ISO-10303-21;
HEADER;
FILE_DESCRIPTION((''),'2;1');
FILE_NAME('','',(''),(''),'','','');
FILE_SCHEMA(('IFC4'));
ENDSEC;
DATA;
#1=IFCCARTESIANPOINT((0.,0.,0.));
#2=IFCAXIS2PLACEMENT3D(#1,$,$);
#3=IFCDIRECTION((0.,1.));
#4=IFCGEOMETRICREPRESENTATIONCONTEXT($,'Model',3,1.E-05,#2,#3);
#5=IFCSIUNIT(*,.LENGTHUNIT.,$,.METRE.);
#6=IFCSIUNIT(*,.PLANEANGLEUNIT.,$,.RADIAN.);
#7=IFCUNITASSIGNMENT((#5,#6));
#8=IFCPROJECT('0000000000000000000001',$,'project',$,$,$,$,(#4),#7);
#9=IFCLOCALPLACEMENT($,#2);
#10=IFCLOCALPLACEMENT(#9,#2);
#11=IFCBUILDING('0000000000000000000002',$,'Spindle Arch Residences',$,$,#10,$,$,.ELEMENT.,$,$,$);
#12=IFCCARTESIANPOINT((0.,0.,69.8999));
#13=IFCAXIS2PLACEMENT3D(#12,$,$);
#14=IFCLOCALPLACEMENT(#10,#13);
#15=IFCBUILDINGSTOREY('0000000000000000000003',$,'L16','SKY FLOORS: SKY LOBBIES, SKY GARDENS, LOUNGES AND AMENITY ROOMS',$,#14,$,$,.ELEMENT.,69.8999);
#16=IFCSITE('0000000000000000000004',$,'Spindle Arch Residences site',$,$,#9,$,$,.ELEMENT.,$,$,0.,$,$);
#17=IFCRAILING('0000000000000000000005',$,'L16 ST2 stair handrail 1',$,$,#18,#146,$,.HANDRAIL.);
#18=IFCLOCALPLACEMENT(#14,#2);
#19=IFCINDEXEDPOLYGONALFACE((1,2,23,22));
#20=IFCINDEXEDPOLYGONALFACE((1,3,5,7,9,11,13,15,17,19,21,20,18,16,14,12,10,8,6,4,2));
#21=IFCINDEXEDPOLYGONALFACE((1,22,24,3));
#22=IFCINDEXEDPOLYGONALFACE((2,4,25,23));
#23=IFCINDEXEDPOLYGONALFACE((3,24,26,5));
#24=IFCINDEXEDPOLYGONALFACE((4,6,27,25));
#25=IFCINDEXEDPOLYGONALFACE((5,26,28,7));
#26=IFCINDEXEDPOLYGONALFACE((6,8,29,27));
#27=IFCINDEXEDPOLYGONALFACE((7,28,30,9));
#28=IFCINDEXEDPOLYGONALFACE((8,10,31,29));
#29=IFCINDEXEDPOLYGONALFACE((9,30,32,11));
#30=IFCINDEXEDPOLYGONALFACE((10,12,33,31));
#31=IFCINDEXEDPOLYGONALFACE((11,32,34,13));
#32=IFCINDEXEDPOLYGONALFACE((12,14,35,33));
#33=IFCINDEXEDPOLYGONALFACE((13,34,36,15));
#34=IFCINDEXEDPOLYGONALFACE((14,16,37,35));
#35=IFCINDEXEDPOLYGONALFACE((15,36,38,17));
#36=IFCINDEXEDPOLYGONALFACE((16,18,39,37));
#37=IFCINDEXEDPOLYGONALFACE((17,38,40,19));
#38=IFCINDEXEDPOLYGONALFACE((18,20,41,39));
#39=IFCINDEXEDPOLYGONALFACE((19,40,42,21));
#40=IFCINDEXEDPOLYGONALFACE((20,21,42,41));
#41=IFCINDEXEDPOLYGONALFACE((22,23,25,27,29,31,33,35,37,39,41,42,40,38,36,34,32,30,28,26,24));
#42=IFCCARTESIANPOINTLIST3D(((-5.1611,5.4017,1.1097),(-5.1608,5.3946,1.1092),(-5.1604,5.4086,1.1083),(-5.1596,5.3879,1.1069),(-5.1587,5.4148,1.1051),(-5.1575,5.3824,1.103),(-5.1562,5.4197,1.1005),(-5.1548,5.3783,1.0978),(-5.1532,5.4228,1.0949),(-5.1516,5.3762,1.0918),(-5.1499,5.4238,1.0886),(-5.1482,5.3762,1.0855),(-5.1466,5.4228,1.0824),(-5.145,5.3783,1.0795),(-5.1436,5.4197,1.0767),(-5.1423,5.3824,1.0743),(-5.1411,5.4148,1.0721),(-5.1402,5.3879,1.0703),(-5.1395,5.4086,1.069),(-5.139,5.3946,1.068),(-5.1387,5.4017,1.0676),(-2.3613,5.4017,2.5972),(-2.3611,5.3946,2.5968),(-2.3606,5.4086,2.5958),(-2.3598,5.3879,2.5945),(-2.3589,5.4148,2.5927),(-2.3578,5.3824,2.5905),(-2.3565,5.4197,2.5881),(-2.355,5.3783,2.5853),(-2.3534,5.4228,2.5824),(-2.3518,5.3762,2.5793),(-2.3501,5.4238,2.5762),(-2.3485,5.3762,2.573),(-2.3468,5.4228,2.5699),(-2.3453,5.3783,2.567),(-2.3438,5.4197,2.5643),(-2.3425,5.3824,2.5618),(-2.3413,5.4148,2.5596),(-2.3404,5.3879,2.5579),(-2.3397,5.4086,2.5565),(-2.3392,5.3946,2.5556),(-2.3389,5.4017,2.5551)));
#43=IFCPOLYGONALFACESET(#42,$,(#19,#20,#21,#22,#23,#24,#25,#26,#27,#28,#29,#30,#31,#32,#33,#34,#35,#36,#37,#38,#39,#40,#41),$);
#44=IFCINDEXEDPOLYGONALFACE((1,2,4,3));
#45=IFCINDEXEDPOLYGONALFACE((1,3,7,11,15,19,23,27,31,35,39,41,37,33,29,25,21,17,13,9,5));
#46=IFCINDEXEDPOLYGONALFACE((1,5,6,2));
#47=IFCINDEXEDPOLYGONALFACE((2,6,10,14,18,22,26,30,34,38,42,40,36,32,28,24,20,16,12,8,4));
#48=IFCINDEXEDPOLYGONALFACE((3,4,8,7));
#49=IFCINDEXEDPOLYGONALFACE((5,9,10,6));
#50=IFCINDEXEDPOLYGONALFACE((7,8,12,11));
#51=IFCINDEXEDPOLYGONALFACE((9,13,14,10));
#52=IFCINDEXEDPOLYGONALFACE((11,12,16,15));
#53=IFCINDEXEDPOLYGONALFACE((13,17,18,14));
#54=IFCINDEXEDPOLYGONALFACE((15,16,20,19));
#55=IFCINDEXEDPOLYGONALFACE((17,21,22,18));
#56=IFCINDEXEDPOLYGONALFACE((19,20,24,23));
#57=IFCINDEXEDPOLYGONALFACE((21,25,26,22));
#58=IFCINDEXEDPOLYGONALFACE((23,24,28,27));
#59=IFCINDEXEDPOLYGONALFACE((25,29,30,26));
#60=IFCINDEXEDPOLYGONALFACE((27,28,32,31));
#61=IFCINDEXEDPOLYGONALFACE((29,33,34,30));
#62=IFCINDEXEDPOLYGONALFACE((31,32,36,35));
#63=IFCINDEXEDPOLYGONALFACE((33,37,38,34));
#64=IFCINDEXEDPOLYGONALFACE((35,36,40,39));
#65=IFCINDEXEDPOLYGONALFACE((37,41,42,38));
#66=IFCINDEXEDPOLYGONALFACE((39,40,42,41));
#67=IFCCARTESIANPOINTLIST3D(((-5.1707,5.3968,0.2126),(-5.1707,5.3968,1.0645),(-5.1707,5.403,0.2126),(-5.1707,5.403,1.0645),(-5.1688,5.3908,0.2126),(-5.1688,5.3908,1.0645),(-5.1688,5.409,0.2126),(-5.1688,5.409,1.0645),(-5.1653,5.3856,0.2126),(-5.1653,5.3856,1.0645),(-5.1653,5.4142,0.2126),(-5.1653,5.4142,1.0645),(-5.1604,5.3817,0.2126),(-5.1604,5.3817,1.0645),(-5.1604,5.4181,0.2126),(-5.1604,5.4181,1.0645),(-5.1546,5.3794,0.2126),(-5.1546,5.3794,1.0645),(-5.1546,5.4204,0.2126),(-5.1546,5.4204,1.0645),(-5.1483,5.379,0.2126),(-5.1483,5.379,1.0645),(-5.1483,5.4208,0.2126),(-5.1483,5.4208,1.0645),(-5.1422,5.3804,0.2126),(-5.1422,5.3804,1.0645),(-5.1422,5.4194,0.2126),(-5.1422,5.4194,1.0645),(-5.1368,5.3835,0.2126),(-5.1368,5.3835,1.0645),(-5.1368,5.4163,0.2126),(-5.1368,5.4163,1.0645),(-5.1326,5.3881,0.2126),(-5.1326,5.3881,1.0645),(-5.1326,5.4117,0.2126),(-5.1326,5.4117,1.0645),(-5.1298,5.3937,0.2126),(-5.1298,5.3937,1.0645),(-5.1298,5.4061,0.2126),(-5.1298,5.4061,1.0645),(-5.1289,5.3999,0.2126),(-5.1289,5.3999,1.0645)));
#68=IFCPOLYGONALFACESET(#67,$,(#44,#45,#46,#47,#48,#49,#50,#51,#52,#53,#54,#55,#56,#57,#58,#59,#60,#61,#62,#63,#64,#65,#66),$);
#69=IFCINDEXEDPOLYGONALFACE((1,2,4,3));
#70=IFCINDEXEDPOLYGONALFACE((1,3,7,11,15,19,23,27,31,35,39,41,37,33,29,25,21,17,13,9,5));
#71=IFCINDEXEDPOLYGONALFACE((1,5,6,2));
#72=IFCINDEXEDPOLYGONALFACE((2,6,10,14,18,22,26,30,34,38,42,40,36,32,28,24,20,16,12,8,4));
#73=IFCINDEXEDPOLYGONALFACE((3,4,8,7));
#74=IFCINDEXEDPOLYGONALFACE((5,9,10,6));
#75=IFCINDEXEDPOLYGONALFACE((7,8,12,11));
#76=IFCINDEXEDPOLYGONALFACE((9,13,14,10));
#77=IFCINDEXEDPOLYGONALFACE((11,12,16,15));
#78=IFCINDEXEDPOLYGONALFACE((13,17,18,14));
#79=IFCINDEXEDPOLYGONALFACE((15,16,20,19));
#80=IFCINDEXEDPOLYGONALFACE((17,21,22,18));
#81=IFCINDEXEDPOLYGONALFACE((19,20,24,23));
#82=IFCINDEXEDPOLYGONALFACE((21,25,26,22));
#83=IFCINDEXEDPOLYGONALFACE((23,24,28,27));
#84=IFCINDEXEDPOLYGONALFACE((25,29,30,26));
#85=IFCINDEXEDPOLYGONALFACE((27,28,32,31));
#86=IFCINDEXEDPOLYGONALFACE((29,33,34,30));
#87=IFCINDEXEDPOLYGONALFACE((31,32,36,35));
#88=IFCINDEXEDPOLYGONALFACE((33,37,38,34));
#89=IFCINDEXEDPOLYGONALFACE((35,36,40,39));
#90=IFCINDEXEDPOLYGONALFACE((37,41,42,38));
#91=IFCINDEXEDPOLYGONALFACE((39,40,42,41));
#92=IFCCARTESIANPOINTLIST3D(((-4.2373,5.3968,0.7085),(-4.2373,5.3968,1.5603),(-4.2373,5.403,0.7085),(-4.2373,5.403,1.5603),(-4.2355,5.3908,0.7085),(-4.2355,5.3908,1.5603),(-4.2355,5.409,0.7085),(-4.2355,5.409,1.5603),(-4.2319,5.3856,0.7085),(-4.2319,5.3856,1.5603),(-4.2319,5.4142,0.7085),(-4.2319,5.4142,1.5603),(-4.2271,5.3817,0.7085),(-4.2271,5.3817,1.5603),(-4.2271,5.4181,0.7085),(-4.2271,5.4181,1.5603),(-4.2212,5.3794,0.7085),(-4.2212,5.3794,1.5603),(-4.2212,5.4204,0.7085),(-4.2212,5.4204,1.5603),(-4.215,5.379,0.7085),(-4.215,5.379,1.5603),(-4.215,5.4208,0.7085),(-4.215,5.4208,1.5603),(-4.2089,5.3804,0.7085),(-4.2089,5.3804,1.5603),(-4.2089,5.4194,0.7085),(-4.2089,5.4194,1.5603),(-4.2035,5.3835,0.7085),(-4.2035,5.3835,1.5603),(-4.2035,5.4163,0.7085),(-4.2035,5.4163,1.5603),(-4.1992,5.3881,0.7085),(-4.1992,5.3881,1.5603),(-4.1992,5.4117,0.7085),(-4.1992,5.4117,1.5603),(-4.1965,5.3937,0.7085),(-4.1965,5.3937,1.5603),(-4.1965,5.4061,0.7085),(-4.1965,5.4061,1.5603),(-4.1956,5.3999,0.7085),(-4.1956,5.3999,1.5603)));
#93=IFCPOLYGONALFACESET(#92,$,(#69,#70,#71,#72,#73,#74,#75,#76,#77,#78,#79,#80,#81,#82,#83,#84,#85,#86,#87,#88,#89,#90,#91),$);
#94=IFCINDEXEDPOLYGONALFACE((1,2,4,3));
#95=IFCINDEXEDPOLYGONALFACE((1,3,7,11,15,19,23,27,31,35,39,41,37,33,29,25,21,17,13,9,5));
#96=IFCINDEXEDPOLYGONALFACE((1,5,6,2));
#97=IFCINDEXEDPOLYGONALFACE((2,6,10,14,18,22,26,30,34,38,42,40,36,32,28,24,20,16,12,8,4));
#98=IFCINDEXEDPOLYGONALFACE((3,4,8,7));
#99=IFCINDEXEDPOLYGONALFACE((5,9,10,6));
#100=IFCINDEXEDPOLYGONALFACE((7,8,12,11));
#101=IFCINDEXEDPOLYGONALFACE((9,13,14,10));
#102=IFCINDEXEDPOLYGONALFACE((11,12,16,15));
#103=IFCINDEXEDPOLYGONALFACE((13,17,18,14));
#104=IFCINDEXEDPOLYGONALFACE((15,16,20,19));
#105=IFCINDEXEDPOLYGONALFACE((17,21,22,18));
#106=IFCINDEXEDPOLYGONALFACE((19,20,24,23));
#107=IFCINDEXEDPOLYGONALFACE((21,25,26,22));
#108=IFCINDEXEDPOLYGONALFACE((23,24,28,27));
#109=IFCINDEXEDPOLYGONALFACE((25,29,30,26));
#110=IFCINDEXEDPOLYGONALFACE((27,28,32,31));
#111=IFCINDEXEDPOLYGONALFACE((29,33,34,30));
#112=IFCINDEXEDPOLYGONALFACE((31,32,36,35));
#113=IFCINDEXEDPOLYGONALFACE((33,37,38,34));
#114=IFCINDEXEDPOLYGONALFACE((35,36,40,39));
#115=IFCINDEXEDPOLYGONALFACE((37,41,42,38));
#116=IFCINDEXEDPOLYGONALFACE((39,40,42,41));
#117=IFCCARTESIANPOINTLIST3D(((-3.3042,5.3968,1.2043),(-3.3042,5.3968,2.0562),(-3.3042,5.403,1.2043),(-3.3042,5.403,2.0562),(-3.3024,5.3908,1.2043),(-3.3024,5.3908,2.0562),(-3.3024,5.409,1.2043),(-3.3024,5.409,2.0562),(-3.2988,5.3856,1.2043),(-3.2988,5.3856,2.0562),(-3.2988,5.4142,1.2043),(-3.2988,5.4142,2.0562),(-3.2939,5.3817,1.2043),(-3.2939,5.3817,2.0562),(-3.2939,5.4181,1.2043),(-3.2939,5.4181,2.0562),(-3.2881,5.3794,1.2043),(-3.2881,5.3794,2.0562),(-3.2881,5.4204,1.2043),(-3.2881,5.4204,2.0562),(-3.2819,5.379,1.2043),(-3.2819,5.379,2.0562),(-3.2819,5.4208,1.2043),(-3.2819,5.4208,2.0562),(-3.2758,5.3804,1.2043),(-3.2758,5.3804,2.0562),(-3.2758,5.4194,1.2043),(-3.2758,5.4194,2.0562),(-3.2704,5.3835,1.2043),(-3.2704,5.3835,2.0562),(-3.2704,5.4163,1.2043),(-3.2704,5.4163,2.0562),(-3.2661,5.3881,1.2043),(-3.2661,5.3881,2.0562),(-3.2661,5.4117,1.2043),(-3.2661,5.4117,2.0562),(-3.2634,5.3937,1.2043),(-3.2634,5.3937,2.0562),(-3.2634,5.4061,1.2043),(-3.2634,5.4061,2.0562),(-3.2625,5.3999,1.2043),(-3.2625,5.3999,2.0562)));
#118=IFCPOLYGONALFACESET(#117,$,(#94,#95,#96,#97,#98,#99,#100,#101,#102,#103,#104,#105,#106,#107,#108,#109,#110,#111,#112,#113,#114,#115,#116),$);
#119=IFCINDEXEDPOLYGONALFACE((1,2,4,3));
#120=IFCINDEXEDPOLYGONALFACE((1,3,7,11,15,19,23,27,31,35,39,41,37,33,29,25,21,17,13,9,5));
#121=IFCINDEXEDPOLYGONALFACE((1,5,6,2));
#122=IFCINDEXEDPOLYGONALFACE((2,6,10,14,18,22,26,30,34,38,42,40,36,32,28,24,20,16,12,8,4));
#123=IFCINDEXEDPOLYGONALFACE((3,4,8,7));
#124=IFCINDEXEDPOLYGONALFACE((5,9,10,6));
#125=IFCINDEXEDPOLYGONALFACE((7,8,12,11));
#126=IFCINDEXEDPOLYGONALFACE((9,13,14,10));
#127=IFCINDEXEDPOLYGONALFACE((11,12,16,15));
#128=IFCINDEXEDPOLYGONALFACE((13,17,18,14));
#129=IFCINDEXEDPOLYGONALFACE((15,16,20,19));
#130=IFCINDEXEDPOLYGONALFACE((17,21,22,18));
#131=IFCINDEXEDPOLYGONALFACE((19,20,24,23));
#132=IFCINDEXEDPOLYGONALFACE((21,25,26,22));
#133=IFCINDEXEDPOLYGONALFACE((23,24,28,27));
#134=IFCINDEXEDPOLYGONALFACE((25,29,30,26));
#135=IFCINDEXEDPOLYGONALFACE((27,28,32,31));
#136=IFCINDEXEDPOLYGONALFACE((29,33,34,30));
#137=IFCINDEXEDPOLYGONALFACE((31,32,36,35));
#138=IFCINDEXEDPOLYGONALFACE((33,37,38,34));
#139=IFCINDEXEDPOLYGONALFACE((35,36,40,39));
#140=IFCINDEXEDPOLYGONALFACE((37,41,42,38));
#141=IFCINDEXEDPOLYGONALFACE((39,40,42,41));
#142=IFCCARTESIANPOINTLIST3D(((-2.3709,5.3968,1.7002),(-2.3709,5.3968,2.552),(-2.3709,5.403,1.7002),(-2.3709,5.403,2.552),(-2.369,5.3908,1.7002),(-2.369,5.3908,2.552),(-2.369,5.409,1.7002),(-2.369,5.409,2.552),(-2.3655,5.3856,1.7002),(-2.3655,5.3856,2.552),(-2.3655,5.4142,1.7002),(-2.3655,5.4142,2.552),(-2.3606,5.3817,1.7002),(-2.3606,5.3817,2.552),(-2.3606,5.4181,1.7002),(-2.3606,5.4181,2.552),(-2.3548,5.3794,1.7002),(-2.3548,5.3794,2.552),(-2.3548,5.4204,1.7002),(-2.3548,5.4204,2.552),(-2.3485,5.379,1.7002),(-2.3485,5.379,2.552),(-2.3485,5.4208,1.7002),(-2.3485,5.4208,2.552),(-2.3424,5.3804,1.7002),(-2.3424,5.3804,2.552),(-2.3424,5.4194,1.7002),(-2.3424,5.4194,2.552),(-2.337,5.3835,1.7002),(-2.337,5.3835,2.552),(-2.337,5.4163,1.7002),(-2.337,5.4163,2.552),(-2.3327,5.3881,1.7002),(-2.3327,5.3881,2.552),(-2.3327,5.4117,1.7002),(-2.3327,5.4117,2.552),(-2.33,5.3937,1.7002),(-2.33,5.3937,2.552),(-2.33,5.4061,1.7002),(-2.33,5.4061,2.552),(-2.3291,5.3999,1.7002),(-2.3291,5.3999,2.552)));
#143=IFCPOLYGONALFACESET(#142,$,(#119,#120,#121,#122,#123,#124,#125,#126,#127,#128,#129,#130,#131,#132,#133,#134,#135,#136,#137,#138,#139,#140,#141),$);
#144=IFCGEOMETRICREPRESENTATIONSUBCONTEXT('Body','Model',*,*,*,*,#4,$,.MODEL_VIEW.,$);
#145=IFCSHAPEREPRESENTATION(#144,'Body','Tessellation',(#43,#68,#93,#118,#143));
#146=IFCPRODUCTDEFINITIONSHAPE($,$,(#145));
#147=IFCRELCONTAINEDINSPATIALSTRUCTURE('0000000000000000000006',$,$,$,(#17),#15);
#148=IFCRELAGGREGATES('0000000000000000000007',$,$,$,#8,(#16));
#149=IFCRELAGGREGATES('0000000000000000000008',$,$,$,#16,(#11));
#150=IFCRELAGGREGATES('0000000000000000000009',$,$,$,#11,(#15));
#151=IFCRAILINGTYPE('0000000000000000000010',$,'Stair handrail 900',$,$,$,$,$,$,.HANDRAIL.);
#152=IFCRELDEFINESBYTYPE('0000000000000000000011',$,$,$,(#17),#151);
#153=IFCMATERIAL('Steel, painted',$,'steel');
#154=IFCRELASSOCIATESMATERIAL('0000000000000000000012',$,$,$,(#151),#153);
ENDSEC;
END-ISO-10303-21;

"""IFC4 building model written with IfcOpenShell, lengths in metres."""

from ifc_helpers import new_model, si_unit, direction, frame, origin, origin_2d, place, context, subcontext, project, spatial, circle, extrude, material, type_object, element, save


model = new_model("IFC4")

# Units and contexts
model_context = context("Model", 3, precision=1e-05, world=origin(), true_north=direction((0.0, 1.0)))
body_context = subcontext(model_context, "Body", "Model", "MODEL_VIEW")
ifc_project = project(units=[si_unit("LENGTHUNIT", "METRE"), si_unit("PLANEANGLEUNIT", "RADIAN")], contexts=[model_context])

# Site, building, storey
site_placement = place(None, origin())
site = spatial("IfcSite", under=ifc_project, at=site_placement, Name="Spindle Arch Residences site", CompositionType="ELEMENT", RefElevation=0.0)
building_placement = place(site_placement, origin())
building = spatial("IfcBuilding", under=site, at=building_placement, Name="Spindle Arch Residences", CompositionType="ELEMENT")
storey_placement = place(building_placement, frame((0.0, 0.0, 69.8999)))
storey = spatial("IfcBuildingStorey", under=building, at=storey_placement, Name="L16", Description="SKY FLOORS: SKY LOBBIES, SKY GARDENS, LOUNGES AND AMENITY ROOMS", CompositionType="ELEMENT", Elevation=69.8999)

# Railing
ifc_material_1 = material(Name="Steel, painted", Category="steel")
railing_type = type_object("IfcRailingType", Name="Stair handrail 900", PredefinedType="HANDRAIL", material=ifc_material_1)
for number, where, name in (
    (1, (-5.1499, 5.3999, 0.2126), "L16 ST2 stair handrail 1"),
):
    element("IfcRailing", number, at=place(storey_placement, frame(where)), inside=storey, type_object=railing_type, Name=name, PredefinedType="HANDRAIL", context=body_context, shape_type="SweptSolid", body=[
        extrude(circle(Radius=0.0239, at=origin_2d()), frame((0.0, 0.0, 0.876), z_axis=(0.883096, 0.0, 0.469193), x_axis=(0.0, 1.0, 0.0)), (0.0, 0.0, 1.0), 3.1704),
        extrude(circle(Radius=0.021, at=origin_2d()), origin(), (0.0, 0.0, 1.0), 0.8518),
        extrude(circle(Radius=0.021, at=origin_2d()), frame((0.9333, 0.0, 0.4958)), (0.0, 0.0, 1.0), 0.8518),
        extrude(circle(Radius=0.021, at=origin_2d()), frame((1.8665, 0.0, 0.9917)), (0.0, 0.0, 1.0), 0.8518),
        extrude(circle(Radius=0.021, at=origin_2d()), frame((2.7998, 0.0, 1.4875)), (0.0, 0.0, 1.0), 0.8518),
    ])

save(model, "model.ifc")
